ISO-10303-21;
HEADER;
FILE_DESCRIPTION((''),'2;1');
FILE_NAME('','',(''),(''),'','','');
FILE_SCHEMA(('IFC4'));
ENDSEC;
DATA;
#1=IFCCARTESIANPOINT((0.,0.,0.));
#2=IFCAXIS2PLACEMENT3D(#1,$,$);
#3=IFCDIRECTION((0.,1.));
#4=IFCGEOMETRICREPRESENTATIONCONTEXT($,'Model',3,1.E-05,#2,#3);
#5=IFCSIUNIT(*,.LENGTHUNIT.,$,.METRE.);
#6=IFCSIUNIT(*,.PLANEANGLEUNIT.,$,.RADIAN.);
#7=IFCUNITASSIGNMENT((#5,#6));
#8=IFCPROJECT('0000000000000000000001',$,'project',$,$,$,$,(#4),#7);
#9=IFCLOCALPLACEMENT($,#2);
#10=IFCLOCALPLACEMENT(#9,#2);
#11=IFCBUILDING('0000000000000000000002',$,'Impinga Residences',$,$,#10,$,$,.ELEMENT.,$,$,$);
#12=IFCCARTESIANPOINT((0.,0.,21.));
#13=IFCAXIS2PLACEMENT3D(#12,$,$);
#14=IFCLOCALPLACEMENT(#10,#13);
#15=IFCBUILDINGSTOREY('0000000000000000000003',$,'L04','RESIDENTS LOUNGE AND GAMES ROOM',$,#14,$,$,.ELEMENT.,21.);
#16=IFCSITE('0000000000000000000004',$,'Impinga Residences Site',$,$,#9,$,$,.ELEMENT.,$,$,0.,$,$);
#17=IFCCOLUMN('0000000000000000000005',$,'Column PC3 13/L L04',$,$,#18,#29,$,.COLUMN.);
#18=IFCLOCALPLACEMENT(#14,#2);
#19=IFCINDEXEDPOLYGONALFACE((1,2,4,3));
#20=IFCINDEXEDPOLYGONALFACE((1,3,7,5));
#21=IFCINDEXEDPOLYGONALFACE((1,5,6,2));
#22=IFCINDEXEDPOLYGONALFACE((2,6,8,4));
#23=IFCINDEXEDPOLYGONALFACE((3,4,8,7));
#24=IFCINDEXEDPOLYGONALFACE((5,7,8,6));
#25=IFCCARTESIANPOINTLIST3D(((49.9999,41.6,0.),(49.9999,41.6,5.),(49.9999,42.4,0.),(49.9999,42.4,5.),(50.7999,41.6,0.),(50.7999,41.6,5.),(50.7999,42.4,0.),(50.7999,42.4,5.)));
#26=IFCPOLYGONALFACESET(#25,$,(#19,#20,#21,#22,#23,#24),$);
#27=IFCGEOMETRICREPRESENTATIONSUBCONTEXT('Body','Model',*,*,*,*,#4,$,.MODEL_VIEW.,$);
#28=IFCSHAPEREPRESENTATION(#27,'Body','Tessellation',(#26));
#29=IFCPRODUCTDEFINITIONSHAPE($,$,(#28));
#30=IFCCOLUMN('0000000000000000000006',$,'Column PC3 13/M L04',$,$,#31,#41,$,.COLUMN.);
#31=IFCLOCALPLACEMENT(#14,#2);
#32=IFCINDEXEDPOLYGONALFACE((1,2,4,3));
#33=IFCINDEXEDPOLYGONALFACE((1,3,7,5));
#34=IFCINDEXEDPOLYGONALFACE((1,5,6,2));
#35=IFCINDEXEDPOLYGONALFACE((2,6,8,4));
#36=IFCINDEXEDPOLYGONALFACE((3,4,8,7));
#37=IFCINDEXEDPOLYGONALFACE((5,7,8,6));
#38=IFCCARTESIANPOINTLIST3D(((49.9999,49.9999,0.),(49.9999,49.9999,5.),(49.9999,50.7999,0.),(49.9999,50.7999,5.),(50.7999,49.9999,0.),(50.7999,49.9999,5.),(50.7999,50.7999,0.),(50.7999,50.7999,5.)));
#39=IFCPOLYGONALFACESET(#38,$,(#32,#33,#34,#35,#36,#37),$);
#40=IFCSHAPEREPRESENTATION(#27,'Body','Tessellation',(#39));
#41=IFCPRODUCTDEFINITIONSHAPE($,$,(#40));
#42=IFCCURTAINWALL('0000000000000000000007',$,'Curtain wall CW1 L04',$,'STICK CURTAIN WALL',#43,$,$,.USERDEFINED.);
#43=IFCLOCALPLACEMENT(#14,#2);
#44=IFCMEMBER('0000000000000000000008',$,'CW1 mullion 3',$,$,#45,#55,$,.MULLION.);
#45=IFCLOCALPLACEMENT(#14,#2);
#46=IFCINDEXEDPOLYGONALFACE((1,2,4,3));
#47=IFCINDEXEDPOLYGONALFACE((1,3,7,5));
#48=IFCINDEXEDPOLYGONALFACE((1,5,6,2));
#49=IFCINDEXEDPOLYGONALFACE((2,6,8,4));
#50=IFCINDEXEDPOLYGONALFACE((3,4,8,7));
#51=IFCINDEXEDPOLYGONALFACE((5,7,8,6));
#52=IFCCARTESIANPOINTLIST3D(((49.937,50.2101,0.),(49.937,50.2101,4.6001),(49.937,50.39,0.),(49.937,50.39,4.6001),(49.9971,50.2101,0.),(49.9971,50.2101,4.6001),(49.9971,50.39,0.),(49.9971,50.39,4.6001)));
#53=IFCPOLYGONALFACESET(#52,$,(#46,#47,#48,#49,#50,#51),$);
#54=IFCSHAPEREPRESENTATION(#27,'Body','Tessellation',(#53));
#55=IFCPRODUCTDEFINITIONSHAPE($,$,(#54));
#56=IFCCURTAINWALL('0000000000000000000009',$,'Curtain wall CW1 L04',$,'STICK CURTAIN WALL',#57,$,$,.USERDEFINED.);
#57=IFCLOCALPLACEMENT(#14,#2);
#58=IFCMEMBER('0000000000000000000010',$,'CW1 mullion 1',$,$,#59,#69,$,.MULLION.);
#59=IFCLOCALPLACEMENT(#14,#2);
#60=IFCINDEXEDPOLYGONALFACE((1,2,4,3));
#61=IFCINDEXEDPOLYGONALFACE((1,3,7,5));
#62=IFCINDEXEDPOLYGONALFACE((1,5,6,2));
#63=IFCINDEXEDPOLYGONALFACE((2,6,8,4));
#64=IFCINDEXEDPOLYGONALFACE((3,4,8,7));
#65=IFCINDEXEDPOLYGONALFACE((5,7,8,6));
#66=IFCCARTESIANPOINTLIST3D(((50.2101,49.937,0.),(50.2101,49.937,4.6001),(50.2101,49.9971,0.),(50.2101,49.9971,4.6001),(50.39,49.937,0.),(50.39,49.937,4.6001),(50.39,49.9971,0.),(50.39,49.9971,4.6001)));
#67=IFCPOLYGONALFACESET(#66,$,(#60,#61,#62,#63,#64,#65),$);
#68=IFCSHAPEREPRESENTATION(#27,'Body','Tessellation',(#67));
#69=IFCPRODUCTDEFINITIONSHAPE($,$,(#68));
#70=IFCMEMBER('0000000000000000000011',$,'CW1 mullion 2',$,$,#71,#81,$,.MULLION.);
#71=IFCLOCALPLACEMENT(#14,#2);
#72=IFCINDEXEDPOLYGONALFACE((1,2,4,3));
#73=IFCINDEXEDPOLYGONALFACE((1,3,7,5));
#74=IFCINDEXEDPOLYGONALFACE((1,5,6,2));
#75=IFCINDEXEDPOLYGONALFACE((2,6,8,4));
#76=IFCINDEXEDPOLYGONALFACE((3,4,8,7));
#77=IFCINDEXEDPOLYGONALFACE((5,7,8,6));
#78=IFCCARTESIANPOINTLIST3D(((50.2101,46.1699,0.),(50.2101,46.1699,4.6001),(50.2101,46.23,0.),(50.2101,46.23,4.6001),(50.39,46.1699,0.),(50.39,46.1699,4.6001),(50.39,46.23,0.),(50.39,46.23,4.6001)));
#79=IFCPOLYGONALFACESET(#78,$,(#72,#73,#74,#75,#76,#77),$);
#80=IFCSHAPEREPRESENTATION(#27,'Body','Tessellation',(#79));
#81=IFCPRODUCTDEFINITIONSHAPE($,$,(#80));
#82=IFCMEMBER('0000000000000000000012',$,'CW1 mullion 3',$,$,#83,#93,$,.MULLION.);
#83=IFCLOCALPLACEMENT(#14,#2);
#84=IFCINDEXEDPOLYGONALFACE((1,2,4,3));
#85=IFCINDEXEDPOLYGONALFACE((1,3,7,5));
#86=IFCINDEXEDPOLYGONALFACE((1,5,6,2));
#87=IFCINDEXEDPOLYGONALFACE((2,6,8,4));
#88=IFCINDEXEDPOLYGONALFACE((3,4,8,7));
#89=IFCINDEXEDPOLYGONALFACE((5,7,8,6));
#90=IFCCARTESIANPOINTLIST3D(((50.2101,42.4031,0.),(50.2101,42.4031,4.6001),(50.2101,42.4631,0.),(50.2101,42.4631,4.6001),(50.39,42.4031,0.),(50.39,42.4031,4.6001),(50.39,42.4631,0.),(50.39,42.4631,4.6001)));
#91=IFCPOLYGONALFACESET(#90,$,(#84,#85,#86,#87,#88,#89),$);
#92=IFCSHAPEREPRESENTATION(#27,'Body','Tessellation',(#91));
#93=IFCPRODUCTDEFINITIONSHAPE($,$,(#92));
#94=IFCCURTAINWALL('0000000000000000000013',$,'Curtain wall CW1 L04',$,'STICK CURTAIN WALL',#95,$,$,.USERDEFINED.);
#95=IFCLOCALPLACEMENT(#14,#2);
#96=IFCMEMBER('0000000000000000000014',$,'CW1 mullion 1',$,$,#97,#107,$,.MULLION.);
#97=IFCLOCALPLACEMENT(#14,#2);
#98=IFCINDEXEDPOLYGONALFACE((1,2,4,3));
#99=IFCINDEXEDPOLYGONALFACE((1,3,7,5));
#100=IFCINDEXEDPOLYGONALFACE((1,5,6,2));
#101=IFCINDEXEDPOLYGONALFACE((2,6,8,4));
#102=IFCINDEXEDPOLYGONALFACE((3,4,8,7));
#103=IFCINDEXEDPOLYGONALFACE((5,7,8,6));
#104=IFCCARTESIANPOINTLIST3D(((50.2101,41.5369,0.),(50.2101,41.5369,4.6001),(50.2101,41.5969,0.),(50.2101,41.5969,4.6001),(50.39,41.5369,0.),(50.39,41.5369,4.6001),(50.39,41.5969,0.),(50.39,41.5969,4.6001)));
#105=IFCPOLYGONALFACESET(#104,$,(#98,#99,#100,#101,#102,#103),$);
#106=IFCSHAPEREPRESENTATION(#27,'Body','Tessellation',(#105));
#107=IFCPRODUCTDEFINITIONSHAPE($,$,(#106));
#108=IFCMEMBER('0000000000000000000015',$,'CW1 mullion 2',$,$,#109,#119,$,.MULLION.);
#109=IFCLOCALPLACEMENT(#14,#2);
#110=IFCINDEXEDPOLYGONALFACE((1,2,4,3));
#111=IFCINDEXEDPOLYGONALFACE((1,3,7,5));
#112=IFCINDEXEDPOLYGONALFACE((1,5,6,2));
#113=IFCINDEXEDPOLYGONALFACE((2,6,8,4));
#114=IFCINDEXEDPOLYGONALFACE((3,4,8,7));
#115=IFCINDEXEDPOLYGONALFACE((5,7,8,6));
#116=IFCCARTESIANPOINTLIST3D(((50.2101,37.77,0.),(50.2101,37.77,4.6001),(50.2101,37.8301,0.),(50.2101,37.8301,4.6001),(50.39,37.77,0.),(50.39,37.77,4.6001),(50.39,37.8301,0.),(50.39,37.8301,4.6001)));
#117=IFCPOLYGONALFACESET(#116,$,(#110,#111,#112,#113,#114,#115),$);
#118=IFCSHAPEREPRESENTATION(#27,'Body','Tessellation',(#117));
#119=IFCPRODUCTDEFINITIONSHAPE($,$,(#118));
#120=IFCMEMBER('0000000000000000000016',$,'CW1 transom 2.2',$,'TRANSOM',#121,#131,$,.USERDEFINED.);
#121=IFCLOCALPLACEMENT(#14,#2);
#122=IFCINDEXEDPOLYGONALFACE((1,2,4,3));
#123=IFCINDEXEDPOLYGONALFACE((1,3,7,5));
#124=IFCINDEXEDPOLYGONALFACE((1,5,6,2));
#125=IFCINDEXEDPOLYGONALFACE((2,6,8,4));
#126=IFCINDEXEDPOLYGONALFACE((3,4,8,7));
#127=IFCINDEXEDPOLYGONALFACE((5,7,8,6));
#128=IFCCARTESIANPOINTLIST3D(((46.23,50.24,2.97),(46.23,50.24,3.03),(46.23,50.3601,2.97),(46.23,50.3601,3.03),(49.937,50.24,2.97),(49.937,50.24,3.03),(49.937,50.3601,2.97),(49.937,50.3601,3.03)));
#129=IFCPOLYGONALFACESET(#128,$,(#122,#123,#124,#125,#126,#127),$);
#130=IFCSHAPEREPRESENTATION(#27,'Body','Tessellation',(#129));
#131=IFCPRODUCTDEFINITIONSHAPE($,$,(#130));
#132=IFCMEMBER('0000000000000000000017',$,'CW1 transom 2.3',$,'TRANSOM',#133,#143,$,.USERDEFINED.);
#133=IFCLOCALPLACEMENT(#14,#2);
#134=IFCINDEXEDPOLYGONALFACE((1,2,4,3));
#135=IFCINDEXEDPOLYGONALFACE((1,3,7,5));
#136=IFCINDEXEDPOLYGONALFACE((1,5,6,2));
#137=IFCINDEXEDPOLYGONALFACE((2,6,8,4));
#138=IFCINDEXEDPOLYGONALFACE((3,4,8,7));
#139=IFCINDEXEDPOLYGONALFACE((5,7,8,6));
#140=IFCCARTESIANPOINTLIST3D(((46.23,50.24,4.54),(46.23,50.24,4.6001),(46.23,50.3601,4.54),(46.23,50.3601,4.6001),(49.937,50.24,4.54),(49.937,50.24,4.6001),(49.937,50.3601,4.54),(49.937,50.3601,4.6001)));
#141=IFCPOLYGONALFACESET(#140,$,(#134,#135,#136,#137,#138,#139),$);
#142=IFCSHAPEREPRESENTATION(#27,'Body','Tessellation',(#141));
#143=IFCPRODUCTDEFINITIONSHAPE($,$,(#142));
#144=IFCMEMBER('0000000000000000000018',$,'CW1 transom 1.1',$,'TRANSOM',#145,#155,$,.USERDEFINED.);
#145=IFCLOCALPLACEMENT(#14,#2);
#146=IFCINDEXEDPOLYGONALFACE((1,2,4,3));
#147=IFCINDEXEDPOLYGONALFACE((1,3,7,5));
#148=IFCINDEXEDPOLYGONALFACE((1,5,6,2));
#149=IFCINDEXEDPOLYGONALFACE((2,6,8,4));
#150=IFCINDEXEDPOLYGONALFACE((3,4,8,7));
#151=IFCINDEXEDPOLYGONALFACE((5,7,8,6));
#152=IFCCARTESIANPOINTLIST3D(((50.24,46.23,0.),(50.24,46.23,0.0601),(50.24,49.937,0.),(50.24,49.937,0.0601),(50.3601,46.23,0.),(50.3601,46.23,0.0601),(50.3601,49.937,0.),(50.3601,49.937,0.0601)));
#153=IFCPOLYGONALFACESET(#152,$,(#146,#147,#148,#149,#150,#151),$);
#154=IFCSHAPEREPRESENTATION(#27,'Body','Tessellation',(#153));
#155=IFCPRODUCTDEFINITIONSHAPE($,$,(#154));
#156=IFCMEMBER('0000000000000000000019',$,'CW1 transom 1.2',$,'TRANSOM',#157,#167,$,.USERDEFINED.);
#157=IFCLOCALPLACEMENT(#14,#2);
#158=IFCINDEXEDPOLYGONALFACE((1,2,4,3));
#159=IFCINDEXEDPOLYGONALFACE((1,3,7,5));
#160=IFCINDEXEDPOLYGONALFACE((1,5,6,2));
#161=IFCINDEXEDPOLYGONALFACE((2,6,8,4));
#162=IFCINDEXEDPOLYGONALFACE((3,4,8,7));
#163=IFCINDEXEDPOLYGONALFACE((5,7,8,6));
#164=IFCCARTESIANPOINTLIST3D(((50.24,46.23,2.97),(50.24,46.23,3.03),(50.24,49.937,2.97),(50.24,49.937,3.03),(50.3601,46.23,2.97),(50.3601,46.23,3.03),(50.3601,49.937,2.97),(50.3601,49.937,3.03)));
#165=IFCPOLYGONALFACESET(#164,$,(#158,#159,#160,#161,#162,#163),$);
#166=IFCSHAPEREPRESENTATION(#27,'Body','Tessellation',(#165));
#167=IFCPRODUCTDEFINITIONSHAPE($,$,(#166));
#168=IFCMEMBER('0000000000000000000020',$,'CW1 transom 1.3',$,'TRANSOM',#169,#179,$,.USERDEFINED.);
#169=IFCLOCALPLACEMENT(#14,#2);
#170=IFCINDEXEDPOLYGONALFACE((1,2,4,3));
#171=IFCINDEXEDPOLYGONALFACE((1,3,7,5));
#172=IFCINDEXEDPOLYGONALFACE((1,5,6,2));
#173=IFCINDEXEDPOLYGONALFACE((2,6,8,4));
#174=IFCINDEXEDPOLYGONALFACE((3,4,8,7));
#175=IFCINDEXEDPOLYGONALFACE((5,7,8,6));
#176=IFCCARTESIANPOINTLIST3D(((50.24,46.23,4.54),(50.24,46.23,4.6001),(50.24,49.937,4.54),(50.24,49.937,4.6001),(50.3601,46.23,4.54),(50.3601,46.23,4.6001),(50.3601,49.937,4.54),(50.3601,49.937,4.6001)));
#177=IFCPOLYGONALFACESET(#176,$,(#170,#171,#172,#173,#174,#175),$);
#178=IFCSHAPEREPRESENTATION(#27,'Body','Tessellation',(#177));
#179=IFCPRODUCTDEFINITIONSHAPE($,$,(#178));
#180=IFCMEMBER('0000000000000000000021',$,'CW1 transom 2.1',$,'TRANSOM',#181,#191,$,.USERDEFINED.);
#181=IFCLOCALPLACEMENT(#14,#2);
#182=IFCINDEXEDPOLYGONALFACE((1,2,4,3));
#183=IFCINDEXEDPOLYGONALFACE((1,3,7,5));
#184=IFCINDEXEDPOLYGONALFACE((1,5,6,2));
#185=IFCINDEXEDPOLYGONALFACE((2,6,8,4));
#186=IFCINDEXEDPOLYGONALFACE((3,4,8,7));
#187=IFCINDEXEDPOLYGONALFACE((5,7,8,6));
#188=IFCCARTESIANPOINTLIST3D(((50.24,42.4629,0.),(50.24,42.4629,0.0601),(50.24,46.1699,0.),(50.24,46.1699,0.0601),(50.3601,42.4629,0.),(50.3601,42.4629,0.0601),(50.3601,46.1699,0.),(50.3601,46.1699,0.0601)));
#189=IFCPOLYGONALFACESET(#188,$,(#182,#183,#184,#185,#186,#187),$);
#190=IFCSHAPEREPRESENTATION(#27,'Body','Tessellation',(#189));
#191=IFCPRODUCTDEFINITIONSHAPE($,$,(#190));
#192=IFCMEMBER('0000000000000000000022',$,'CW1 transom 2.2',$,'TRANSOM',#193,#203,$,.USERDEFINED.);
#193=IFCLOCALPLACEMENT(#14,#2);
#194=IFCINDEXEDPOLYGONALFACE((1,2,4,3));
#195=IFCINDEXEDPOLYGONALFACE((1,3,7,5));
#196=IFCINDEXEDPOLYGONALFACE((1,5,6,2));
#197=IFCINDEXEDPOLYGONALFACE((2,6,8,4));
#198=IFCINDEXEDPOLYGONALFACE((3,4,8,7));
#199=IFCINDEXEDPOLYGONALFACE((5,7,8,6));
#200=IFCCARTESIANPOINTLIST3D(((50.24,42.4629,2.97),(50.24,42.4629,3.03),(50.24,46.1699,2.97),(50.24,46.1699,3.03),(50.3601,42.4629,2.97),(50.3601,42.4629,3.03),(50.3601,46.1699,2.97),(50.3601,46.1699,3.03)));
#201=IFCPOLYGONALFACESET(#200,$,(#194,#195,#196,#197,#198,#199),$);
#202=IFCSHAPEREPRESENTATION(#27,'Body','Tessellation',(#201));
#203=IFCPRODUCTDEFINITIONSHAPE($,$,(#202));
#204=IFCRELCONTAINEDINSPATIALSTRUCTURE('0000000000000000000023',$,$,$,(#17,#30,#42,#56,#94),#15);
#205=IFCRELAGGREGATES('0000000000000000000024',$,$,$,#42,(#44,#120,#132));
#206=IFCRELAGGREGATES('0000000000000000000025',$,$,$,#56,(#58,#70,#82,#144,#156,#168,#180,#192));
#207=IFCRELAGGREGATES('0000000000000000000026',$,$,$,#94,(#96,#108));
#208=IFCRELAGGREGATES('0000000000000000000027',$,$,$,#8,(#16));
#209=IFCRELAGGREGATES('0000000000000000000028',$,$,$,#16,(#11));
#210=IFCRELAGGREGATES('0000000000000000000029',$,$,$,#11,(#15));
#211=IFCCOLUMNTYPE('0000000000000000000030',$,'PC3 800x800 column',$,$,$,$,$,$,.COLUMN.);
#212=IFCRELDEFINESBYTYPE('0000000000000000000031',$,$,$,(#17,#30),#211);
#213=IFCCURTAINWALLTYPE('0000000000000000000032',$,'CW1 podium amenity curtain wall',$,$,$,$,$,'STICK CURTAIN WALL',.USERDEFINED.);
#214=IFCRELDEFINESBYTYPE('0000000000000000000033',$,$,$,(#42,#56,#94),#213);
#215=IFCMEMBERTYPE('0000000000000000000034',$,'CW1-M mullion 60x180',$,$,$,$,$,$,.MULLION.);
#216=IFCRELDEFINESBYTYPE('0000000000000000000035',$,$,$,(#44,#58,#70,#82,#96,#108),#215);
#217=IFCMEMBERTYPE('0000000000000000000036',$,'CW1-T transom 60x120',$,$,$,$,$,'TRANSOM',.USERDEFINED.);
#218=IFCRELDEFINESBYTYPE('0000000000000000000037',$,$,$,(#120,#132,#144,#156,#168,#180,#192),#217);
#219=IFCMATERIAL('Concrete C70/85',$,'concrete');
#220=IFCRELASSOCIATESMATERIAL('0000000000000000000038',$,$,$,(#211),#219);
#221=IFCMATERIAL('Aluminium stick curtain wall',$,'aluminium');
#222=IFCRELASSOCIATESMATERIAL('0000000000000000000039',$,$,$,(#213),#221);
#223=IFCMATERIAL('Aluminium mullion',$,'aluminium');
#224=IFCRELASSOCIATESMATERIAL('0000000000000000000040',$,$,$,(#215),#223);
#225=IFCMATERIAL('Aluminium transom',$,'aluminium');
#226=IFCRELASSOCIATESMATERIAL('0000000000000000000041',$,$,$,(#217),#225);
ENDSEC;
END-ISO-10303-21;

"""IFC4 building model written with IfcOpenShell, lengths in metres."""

from ifc_helpers import new_model, si_unit, direction, frame, origin, origin_2d, place, context, subcontext, project, spatial, rectangle, extrude, material, material_profile, profile_set, type_object, element, aggregate, save


model = new_model("IFC4")

# Units and contexts
model_context = context("Model", 3, precision=1e-05, world=origin(), true_north=direction((0.0, 1.0)))
body_context = subcontext(model_context, "Body", "Model", "MODEL_VIEW")
ifc_project = project(units=[si_unit("LENGTHUNIT", "METRE"), si_unit("PLANEANGLEUNIT", "RADIAN")], contexts=[model_context])

# Site, building, storey
site_placement = place(None, origin())
site = spatial("IfcSite", under=ifc_project, at=site_placement, Name="Impinga Residences Site", CompositionType="ELEMENT", RefElevation=0.0)
building_placement = place(site_placement, origin())
building = spatial("IfcBuilding", under=site, at=building_placement, Name="Impinga Residences", CompositionType="ELEMENT")
storey_placement = place(building_placement, frame((0.0, 0.0, 21.0)))
storey = spatial("IfcBuildingStorey", under=building, at=storey_placement, Name="L04", Description="RESIDENTS LOUNGE AND GAMES ROOM", CompositionType="ELEMENT", Elevation=21.0)

# Columns
ifc_material_1 = material(Name="Concrete C70/85", Category="concrete")
ifc_material_profile_1 = material_profile(ifc_material_1, rectangle(XDim=0.8, YDim=0.8, at=origin_2d()), Name="RC 800x800")
ifc_profile_set_1 = profile_set([ifc_material_profile_1], Name="Concrete C70/85")
column_type = type_object("IfcColumnType", Name="PC3 800x800 column", PredefinedType="COLUMN", material=ifc_profile_set_1)
for number, where, z_axis, x_axis, name in (
    (1, (50.3999, 42.0, 0.0), (0.0, 0.0, 1.0), (1.0, 0.0, 0.0), "Column PC3 13/L L04"),
    (2, (50.3999, 50.3999, 0.0), (0.0, 0.0, 1.0), (1.0, 0.0, 0.0), "Column PC3 13/M L04"),
):
    element("IfcColumn", number, at=place(storey_placement, frame(where, z_axis=z_axis, x_axis=x_axis)), inside=storey, type_object=column_type, Name=name, PredefinedType="COLUMN", context=body_context, shape_type="SweptSolid", body=[
        extrude(rectangle(XDim=0.8, YDim=0.8, at=origin_2d()), origin(), (0.0, 0.0, 1.0), 5.0),
    ])

# Curtain wall, member
ifc_material_2 = material(Name="Aluminium stick curtain wall", Category="aluminium")
curtain_wall_type = type_object("IfcCurtainWallType", Name="CW1 podium amenity curtain wall", ElementType="STICK CURTAIN WALL", PredefinedType="USERDEFINED", material=ifc_material_2)
curtain_wall_1_placement = place(storey_placement, origin())
curtain_wall_1 = element("IfcCurtainWall", 3, at=curtain_wall_1_placement, inside=storey, type_object=curtain_wall_type, Name="Curtain wall CW1 L04", ObjectType="STICK CURTAIN WALL", PredefinedType="USERDEFINED")
ifc_material_3 = material(Name="Aluminium mullion", Category="aluminium")
ifc_material_profile_2 = material_profile(ifc_material_3, rectangle(XDim=0.0601, YDim=0.1799, at=origin_2d()), Name="60x180 mullion")
ifc_profile_set_2 = profile_set([ifc_material_profile_2], Name="Aluminium mullion")
member_type_1 = type_object("IfcMemberType", Name="CW1-M mullion 60x180", PredefinedType="MULLION", material=ifc_profile_set_2)
member_1_placement = place(storey_placement, frame((49.967, 50.3, 0.0), z_axis=(0.0, 0.0, 1.0), x_axis=(1.0, 0.0, 0.0)))
member_1 = element("IfcMember", 4, at=member_1_placement, type_object=member_type_1, Name="CW1 mullion 3", PredefinedType="MULLION", context=body_context, shape_type="SweptSolid", body=[
    extrude(rectangle(XDim=0.0601, YDim=0.1799, at=origin_2d()), origin(), (0.0, 0.0, 1.0), 4.6001),
])

# Curtain walls, members
curtain_wall_2_placement = place(storey_placement, origin())
curtain_wall_2 = element("IfcCurtainWall", 5, at=curtain_wall_2_placement, inside=storey, type_object=curtain_wall_type, Name="Curtain wall CW1 L04", ObjectType="STICK CURTAIN WALL", PredefinedType="USERDEFINED")
member_2_placement = place(storey_placement, frame((50.3, 49.967, 0.0), z_axis=(0.0, 0.0, 1.0), x_axis=(0.0, -1.0, 0.0)))
member_2 = element("IfcMember", 6, at=member_2_placement, type_object=member_type_1, Name="CW1 mullion 1", PredefinedType="MULLION", context=body_context, shape_type="SweptSolid", body=[
    extrude(rectangle(XDim=0.0601, YDim=0.1799, at=origin_2d()), origin(), (0.0, 0.0, 1.0), 4.6001),
])
member_3_placement = place(storey_placement, frame((50.3, 46.2, 0.0), z_axis=(0.0, 0.0, 1.0), x_axis=(0.0, -1.0, 0.0)))
member_3 = element("IfcMember", 7, at=member_3_placement, type_object=member_type_1, Name="CW1 mullion 2", PredefinedType="MULLION", context=body_context, shape_type="SweptSolid", body=[
    extrude(rectangle(XDim=0.0601, YDim=0.1799, at=origin_2d()), origin(), (0.0, 0.0, 1.0), 4.6001),
])
member_4_placement = place(storey_placement, frame((50.3, 42.4331, 0.0), z_axis=(0.0, 0.0, 1.0), x_axis=(0.0, -1.0, 0.0)))
member_4 = element("IfcMember", 8, at=member_4_placement, type_object=member_type_1, Name="CW1 mullion 3", PredefinedType="MULLION", context=body_context, shape_type="SweptSolid", body=[
    extrude(rectangle(XDim=0.0601, YDim=0.1799, at=origin_2d()), origin(), (0.0, 0.0, 1.0), 4.6001),
])
curtain_wall_3_placement = place(storey_placement, origin())
curtain_wall_3 = element("IfcCurtainWall", 9, at=curtain_wall_3_placement, inside=storey, type_object=curtain_wall_type, Name="Curtain wall CW1 L04", ObjectType="STICK CURTAIN WALL", PredefinedType="USERDEFINED")
member_5_placement = place(storey_placement, frame((50.3, 41.5669, 0.0), z_axis=(0.0, 0.0, 1.0), x_axis=(0.0, -1.0, 0.0)))
member_5 = element("IfcMember", 10, at=member_5_placement, type_object=member_type_1, Name="CW1 mullion 1", PredefinedType="MULLION", context=body_context, shape_type="SweptSolid", body=[
    extrude(rectangle(XDim=0.0601, YDim=0.1799, at=origin_2d()), origin(), (0.0, 0.0, 1.0), 4.6001),
])
member_6_placement = place(storey_placement, frame((50.3, 37.8, 0.0), z_axis=(0.0, 0.0, 1.0), x_axis=(0.0, -1.0, 0.0)))
member_6 = element("IfcMember", 11, at=member_6_placement, type_object=member_type_1, Name="CW1 mullion 2", PredefinedType="MULLION", context=body_context, shape_type="SweptSolid", body=[
    extrude(rectangle(XDim=0.0601, YDim=0.1799, at=origin_2d()), origin(), (0.0, 0.0, 1.0), 4.6001),
])

# Members
ifc_material_4 = material(Name="Aluminium transom", Category="aluminium")
ifc_material_profile_3 = material_profile(ifc_material_4, rectangle(XDim=0.0601, YDim=0.1201, at=origin_2d()), Name="60x120 transom")
ifc_profile_set_3 = profile_set([ifc_material_profile_3], Name="Aluminium transom")
member_type_2 = type_object("IfcMemberType", Name="CW1-T transom 60x120", ElementType="TRANSOM", PredefinedType="USERDEFINED", material=ifc_profile_set_3)
member_7_placement = place(storey_placement, frame((46.23, 50.3, 3.0), z_axis=(1.0, 0.0, 0.0), x_axis=(0.0, 0.0, 1.0)))
member_7 = element("IfcMember", 12, at=member_7_placement, type_object=member_type_2, Name="CW1 transom 2.2", ObjectType="TRANSOM", PredefinedType="USERDEFINED", context=body_context, shape_type="SweptSolid", body=[
    extrude(rectangle(XDim=0.0601, YDim=0.1201, at=origin_2d()), origin(), (0.0, 0.0, 1.0), 3.707),
])
member_8_placement = place(storey_placement, frame((46.23, 50.3, 4.5701), z_axis=(1.0, 0.0, 0.0), x_axis=(0.0, 0.0, 1.0)))
member_8 = element("IfcMember", 13, at=member_8_placement, type_object=member_type_2, Name="CW1 transom 2.3", ObjectType="TRANSOM", PredefinedType="USERDEFINED", context=body_context, shape_type="SweptSolid", body=[
    extrude(rectangle(XDim=0.0601, YDim=0.1201, at=origin_2d()), origin(), (0.0, 0.0, 1.0), 3.707),
])
member_9_placement = place(storey_placement, frame((50.3, 49.937, 0.03), z_axis=(0.0, -1.0, 0.0), x_axis=(0.0, 0.0, 1.0)))
member_9 = element("IfcMember", 14, at=member_9_placement, type_object=member_type_2, Name="CW1 transom 1.1", ObjectType="TRANSOM", PredefinedType="USERDEFINED", context=body_context, shape_type="SweptSolid", body=[
    extrude(rectangle(XDim=0.0601, YDim=0.1201, at=origin_2d()), origin(), (0.0, 0.0, 1.0), 3.707),
])
member_10_placement = place(storey_placement, frame((50.3, 49.937, 3.0), z_axis=(0.0, -1.0, 0.0), x_axis=(0.0, 0.0, 1.0)))
member_10 = element("IfcMember", 15, at=member_10_placement, type_object=member_type_2, Name="CW1 transom 1.2", ObjectType="TRANSOM", PredefinedType="USERDEFINED", context=body_context, shape_type="SweptSolid", body=[
    extrude(rectangle(XDim=0.0601, YDim=0.1201, at=origin_2d()), origin(), (0.0, 0.0, 1.0), 3.707),
])
member_11_placement = place(storey_placement, frame((50.3, 49.937, 4.5701), z_axis=(0.0, -1.0, 0.0), x_axis=(0.0, 0.0, 1.0)))
member_11 = element("IfcMember", 16, at=member_11_placement, type_object=member_type_2, Name="CW1 transom 1.3", ObjectType="TRANSOM", PredefinedType="USERDEFINED", context=body_context, shape_type="SweptSolid", body=[
    extrude(rectangle(XDim=0.0601, YDim=0.1201, at=origin_2d()), origin(), (0.0, 0.0, 1.0), 3.707),
])
member_12_placement = place(storey_placement, frame((50.3, 46.1699, 0.03), z_axis=(0.0, -1.0, 0.0), x_axis=(0.0, 0.0, 1.0)))
member_12 = element("IfcMember", 17, at=member_12_placement, type_object=member_type_2, Name="CW1 transom 2.1", ObjectType="TRANSOM", PredefinedType="USERDEFINED", context=body_context, shape_type="SweptSolid", body=[
    extrude(rectangle(XDim=0.0601, YDim=0.1201, at=origin_2d()), origin(), (0.0, 0.0, 1.0), 3.707),
])
member_13_placement = place(storey_placement, frame((50.3, 46.1699, 3.0), z_axis=(0.0, -1.0, 0.0), x_axis=(0.0, 0.0, 1.0)))
member_13 = element("IfcMember", 18, at=member_13_placement, type_object=member_type_2, Name="CW1 transom 2.2", ObjectType="TRANSOM", PredefinedType="USERDEFINED", context=body_context, shape_type="SweptSolid", body=[
    extrude(rectangle(XDim=0.0601, YDim=0.1201, at=origin_2d()), origin(), (0.0, 0.0, 1.0), 3.707),
])

aggregate(curtain_wall_1, [member_1, member_7, member_8])
aggregate(curtain_wall_2, [member_2, member_3, member_4, member_9, member_10, member_11, member_12, member_13])
aggregate(curtain_wall_3, [member_5, member_6])

save(model, "model.ifc")
